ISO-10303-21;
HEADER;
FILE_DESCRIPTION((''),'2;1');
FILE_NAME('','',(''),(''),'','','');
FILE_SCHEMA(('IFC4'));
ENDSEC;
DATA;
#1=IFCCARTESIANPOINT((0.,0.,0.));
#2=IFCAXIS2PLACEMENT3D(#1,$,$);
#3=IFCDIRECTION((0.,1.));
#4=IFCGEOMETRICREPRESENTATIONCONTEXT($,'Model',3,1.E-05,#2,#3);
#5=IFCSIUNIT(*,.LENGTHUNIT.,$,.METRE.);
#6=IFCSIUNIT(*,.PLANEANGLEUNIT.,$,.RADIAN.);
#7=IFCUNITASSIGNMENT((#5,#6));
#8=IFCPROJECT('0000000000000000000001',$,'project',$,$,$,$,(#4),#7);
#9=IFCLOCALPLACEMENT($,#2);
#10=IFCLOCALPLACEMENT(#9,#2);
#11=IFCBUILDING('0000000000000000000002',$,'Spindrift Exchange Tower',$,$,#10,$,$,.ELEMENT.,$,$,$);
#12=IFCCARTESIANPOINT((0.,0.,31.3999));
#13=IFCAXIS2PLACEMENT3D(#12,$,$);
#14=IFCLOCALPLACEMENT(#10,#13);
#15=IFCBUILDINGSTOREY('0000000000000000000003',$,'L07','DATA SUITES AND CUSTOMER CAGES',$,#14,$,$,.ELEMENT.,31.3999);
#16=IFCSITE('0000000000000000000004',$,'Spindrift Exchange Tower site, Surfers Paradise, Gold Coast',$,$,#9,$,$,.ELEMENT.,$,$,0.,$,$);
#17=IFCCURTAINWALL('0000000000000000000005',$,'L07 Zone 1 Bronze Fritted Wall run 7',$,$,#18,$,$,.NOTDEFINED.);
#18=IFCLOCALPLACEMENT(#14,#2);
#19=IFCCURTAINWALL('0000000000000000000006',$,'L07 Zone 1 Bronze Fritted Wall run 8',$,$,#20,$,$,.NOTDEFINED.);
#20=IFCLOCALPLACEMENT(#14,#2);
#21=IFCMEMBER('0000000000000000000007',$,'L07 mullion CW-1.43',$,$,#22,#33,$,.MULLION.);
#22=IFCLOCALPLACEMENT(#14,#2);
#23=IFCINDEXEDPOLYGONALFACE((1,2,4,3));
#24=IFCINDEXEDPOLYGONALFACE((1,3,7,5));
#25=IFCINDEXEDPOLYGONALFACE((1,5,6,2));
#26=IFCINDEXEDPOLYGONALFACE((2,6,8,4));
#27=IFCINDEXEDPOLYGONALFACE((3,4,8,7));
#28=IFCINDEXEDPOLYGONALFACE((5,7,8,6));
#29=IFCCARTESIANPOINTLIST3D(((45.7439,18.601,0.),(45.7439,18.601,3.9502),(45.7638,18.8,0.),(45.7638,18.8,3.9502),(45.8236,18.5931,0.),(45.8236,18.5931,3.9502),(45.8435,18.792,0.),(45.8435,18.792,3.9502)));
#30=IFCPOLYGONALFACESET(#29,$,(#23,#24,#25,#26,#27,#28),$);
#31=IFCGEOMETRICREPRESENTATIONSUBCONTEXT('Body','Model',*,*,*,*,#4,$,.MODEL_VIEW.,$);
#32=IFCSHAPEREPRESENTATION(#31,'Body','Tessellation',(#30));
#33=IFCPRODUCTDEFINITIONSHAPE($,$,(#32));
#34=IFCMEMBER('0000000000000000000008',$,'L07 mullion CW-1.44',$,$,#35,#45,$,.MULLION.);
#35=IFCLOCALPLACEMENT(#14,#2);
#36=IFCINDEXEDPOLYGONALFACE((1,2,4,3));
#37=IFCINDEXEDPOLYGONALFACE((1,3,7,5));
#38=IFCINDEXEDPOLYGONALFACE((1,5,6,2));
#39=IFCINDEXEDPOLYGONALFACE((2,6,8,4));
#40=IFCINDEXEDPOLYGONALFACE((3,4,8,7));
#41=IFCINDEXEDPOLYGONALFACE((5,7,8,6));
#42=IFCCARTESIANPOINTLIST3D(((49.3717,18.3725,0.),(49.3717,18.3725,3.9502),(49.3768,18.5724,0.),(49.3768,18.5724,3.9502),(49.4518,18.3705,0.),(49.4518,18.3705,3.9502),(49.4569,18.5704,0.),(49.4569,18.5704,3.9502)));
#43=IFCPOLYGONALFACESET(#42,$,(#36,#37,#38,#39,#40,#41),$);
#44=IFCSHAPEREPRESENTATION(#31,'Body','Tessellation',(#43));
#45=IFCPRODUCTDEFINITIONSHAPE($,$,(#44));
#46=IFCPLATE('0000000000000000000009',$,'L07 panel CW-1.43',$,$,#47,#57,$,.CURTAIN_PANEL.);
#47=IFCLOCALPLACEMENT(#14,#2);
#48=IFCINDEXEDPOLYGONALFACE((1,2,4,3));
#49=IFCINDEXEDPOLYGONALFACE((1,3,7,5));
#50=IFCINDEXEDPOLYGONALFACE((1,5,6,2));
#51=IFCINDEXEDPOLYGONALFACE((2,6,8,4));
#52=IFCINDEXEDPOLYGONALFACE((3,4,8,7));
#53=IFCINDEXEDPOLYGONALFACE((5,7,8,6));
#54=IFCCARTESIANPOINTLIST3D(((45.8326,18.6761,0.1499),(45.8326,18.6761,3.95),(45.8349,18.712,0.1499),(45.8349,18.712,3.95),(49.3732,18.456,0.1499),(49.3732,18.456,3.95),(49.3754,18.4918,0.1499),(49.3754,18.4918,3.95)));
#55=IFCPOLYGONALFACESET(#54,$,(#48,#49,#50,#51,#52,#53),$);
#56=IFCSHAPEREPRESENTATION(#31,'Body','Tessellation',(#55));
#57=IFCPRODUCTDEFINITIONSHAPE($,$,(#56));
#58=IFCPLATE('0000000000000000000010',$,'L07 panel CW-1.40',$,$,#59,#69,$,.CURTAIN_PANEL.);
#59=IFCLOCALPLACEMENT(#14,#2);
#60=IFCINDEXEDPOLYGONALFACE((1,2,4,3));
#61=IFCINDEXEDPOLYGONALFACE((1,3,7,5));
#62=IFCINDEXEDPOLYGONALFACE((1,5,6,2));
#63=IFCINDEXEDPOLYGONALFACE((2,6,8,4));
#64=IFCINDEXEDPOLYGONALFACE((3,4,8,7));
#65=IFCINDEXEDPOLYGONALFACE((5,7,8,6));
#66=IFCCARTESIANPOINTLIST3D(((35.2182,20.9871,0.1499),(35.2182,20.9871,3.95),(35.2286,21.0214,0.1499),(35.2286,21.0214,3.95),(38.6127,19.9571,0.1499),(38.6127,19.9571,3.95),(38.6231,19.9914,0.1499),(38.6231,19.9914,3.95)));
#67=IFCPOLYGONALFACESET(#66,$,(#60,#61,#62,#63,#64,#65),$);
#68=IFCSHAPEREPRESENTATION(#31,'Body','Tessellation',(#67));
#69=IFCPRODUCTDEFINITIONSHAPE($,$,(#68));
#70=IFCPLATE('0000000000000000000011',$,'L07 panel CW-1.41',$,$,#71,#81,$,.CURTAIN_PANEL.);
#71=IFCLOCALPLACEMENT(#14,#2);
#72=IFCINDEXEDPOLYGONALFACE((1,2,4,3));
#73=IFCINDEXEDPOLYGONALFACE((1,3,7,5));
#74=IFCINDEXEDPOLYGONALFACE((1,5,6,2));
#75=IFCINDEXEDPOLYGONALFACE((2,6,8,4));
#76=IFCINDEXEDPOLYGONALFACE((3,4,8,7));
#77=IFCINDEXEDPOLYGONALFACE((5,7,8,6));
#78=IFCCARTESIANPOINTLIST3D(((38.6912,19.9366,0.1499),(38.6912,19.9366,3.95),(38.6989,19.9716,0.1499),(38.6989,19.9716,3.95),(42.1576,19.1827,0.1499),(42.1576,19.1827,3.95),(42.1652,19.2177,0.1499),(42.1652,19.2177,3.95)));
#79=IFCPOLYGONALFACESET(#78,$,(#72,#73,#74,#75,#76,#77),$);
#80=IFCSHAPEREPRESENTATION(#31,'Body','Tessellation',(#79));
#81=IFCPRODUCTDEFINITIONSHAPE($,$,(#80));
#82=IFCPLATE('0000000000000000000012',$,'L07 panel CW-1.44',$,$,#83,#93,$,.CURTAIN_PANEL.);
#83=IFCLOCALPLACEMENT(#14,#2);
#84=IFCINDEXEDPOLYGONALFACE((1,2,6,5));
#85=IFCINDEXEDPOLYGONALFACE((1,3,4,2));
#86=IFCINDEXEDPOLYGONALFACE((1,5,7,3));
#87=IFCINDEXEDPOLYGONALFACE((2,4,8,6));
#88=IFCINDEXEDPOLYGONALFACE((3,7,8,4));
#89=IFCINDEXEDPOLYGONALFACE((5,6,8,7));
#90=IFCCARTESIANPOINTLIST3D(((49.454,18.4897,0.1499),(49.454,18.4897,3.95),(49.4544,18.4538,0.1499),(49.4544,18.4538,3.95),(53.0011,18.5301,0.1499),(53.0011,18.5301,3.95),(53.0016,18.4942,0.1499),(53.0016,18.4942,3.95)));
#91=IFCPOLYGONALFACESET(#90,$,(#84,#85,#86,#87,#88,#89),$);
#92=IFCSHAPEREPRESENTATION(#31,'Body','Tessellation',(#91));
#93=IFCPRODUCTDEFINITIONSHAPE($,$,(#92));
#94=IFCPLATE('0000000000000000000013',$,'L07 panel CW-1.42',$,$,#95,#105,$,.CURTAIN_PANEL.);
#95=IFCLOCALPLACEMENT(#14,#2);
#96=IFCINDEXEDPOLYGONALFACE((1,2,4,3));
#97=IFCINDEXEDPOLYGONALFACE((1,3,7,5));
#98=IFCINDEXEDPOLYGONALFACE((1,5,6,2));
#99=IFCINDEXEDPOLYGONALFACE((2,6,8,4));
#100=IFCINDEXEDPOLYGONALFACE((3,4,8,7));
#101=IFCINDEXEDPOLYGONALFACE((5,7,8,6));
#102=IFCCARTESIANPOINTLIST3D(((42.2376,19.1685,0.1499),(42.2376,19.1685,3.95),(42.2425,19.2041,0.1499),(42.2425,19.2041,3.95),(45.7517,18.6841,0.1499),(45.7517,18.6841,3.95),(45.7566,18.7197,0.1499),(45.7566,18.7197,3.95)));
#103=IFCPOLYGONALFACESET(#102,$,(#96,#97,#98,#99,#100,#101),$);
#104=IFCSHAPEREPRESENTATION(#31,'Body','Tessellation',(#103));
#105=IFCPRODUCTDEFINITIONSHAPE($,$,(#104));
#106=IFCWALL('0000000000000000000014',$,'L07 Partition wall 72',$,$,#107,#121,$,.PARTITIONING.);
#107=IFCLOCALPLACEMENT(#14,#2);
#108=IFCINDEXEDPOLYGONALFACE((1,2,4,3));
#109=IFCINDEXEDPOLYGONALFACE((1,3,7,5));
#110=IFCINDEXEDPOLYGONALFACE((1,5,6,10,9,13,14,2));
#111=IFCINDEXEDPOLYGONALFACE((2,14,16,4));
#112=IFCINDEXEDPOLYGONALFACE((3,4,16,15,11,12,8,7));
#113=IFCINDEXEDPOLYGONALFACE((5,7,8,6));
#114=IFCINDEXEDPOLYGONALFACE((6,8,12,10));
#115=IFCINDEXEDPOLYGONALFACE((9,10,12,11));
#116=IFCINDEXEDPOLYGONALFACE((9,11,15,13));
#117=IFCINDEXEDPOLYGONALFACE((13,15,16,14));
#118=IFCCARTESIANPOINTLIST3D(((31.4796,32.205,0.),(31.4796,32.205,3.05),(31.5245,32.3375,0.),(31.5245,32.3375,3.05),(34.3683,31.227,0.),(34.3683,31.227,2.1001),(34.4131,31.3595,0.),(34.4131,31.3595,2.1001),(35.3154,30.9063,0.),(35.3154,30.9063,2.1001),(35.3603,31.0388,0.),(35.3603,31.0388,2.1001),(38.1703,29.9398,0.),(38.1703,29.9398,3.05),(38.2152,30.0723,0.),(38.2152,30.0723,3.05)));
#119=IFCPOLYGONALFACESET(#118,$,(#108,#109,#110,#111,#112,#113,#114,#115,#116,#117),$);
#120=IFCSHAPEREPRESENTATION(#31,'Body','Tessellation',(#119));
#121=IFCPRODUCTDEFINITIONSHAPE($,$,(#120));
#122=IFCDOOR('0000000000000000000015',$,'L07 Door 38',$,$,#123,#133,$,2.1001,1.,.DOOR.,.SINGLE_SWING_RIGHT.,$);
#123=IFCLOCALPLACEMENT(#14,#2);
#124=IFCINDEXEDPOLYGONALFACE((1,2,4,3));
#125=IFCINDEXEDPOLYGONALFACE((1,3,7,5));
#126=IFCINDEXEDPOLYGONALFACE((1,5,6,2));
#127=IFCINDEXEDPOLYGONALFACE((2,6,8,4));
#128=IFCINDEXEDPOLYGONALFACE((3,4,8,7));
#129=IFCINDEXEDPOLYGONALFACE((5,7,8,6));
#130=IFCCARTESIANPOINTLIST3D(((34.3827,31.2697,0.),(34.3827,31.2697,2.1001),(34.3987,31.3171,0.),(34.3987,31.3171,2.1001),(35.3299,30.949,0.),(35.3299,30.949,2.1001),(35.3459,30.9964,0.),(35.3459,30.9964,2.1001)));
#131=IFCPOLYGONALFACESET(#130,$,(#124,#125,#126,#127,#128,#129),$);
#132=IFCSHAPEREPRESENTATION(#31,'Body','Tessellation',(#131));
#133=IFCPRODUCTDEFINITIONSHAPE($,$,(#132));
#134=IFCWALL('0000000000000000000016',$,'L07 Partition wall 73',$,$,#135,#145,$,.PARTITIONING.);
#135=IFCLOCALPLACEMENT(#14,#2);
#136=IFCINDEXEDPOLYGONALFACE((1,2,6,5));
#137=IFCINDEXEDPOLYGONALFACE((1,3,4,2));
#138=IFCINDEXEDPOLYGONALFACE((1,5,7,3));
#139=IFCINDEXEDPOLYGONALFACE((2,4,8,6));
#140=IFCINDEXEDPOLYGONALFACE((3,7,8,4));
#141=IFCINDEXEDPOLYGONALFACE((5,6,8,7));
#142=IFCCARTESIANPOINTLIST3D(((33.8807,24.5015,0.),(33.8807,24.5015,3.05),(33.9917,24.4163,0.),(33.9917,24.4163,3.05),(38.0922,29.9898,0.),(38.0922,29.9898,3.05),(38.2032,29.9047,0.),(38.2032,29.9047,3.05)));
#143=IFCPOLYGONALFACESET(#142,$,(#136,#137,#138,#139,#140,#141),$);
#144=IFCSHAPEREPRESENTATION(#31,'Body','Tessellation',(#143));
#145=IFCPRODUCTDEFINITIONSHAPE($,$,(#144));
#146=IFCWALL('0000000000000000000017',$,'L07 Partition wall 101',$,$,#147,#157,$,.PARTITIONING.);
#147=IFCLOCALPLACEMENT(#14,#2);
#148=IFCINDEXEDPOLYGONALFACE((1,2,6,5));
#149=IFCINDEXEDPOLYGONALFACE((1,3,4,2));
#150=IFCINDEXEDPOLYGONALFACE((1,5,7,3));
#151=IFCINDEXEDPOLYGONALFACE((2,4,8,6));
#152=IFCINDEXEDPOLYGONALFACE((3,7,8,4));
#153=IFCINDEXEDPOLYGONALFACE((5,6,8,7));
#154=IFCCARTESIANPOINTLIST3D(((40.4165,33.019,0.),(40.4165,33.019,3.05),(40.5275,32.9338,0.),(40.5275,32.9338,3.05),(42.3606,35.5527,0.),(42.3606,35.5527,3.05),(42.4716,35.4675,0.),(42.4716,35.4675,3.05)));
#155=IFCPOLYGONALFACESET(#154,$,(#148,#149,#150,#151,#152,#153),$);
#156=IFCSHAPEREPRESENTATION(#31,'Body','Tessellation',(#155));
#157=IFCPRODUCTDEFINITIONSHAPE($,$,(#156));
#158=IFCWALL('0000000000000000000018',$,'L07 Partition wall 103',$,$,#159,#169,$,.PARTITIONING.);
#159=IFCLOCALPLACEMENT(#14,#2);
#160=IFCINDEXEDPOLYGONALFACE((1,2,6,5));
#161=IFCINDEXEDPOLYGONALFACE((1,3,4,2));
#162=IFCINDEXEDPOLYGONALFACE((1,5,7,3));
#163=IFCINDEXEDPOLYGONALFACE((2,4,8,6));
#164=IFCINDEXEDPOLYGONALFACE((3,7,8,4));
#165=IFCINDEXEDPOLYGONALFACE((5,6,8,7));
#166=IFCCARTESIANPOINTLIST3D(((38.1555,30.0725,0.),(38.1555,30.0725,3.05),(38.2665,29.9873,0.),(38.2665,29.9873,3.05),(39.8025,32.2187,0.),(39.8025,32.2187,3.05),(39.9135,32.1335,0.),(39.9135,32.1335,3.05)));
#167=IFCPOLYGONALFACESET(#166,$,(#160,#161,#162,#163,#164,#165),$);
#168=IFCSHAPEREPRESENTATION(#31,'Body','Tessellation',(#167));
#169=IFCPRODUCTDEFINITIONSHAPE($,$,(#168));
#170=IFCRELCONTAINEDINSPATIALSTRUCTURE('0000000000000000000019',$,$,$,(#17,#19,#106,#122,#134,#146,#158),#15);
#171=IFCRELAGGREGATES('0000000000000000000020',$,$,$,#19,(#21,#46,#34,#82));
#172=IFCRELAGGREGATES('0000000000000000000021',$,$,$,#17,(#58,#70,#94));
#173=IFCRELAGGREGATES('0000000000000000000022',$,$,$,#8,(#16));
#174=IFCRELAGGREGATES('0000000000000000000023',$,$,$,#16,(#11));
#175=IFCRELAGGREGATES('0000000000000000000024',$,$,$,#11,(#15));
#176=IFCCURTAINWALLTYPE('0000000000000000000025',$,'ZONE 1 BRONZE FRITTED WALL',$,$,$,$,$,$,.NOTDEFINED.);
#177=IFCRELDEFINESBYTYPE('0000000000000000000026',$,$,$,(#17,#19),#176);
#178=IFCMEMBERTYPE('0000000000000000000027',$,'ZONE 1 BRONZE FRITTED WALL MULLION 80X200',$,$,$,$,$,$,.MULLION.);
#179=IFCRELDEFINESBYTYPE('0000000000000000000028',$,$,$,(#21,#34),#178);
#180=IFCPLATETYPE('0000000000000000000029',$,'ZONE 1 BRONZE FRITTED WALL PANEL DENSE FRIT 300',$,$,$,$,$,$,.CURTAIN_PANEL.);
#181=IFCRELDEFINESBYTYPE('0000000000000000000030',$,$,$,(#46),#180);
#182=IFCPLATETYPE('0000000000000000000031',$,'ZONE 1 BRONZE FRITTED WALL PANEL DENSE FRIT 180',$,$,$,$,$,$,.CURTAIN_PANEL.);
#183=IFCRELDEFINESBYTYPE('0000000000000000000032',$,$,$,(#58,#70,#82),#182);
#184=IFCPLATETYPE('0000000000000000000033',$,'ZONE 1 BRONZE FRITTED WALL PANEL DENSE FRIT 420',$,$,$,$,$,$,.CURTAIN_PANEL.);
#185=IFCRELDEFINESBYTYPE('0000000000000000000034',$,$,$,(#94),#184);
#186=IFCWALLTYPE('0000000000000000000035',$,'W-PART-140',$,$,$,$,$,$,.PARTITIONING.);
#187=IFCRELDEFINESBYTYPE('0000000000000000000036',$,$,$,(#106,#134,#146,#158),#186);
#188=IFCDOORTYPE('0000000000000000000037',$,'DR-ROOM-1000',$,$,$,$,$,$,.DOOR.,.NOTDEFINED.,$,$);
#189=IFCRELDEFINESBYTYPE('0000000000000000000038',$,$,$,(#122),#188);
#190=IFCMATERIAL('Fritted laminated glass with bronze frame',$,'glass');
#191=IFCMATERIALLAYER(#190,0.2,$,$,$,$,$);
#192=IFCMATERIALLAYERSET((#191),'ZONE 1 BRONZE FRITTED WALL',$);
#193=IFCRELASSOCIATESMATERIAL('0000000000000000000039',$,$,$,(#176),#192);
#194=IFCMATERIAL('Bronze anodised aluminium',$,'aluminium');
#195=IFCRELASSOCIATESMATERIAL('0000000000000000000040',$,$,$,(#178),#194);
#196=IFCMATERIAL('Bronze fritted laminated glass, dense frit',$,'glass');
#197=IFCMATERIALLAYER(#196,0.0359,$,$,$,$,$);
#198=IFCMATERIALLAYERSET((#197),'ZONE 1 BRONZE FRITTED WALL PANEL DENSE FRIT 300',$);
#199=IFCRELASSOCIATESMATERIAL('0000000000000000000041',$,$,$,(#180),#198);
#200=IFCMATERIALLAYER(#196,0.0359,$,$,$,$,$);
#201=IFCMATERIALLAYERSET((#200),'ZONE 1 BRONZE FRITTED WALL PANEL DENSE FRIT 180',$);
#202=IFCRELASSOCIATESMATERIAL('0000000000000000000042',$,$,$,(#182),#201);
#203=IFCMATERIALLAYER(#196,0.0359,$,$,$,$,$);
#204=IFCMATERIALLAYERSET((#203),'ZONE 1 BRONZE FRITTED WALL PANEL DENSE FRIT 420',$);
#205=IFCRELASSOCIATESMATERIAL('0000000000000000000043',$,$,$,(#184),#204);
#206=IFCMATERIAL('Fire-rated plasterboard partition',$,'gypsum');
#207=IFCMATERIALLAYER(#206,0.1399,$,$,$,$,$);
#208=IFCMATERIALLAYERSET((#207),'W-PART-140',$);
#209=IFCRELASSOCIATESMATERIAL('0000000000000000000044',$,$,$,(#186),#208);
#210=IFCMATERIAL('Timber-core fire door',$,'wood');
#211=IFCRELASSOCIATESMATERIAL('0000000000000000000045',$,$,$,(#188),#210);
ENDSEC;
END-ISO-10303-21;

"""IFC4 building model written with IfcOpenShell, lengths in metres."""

from ifc_helpers import new_model, si_unit, direction, frame, frame_2d, origin, origin_2d, place, context, subcontext, project, spatial, rectangle, extrude, source, transform, mapped, material, layer, layer_set, material_profile, profile_set, type_object, element, fill, aggregate, save


model = new_model("IFC4")

# Units and contexts
model_context = context("Model", 3, precision=1e-05, world=origin(), true_north=direction((0.0, 1.0)))
body_context = subcontext(model_context, "Body", "Model", "MODEL_VIEW")
ifc_project = project(units=[si_unit("LENGTHUNIT", "METRE"), si_unit("PLANEANGLEUNIT", "RADIAN")], contexts=[model_context])

# Site, building, storey
site_placement = place(None, origin())
site = spatial("IfcSite", under=ifc_project, at=site_placement, Name="Spindrift Exchange Tower site, Surfers Paradise, Gold Coast", CompositionType="ELEMENT", RefElevation=0.0)
building_placement = place(site_placement, origin())
building = spatial("IfcBuilding", under=site, at=building_placement, Name="Spindrift Exchange Tower", CompositionType="ELEMENT")
storey_placement = place(building_placement, frame((0.0, 0.0, 31.3999)))
storey = spatial("IfcBuildingStorey", under=building, at=storey_placement, Name="L07", Description="DATA SUITES AND CUSTOMER CAGES", CompositionType="ELEMENT", Elevation=31.3999)

# Curtain walls
ifc_material_1 = material(Name="Fritted laminated glass with bronze frame", Category="glass")
ifc_layer_1 = layer(ifc_material_1, 0.2)
ifc_layer_set_1 = layer_set([ifc_layer_1], Name="ZONE 1 BRONZE FRITTED WALL")
curtain_wall_type = type_object("IfcCurtainWallType", Name="ZONE 1 BRONZE FRITTED WALL", PredefinedType="NOTDEFINED", material=ifc_layer_set_1)
curtain_wall_1_placement = place(storey_placement, origin())
curtain_wall_1 = element("IfcCurtainWall", 1, at=curtain_wall_1_placement, inside=storey, type_object=curtain_wall_type, Name="L07 Zone 1 Bronze Fritted Wall run 7", PredefinedType="NOTDEFINED")
ifc_material_2 = material(Name="Bronze anodised aluminium", Category="aluminium")
curtain_wall_2_placement = place(storey_placement, origin())
curtain_wall_2 = element("IfcCurtainWall", 2, at=curtain_wall_2_placement, inside=storey, type_object=curtain_wall_type, Name="L07 Zone 1 Bronze Fritted Wall run 8", PredefinedType="NOTDEFINED")

# Members
ifc_material_profile_1 = material_profile(ifc_material_2, rectangle(XDim=0.0801, YDim=0.2, at=origin_2d()), Name="ZONE 1 BRONZE FRITTED WALL MULLION 80X200")
ifc_profile_set_1 = profile_set([ifc_material_profile_1], Name="Bronze anodised aluminium")
member_type_1 = type_object("IfcMemberType", Name="ZONE 1 BRONZE FRITTED WALL MULLION 80X200", PredefinedType="MULLION", material=ifc_profile_set_1)
shared_shape_1 = source(origin(), body_context, "Body", "SweptSolid", [
    extrude(rectangle(XDim=0.0801, YDim=0.2, at=origin_2d()), origin(), (0.0, 0.0, 1.0), 3.9502),
])
member_1_placement = place(storey_placement, frame((45.7937, 18.6965, 0.0), z_axis=(0.0, 0.0, 1.0), x_axis=(0.99505, -0.099372, 0.0)))
member_1 = element("IfcMember", 3, at=member_1_placement, type_object=member_type_1, Name="L07 mullion CW-1.43", PredefinedType="MULLION", context=body_context, shape_type="MappedRepresentation", body=[
    mapped(shared_shape_1, transform((0.0, 0.0, 0.0), scale=1.0)),
])
member_2_placement = place(storey_placement, frame((49.4143, 18.4714, 0.0), z_axis=(0.0, 0.0, 1.0), x_axis=(0.999679, -0.025352, 0.0)))
member_2 = element("IfcMember", 4, at=member_2_placement, type_object=member_type_1, Name="L07 mullion CW-1.44", PredefinedType="MULLION", context=body_context, shape_type="MappedRepresentation", body=[
    mapped(shared_shape_1, transform((0.0, 0.0, 0.0), scale=1.0)),
])

# Plates
ifc_material_3 = material(Name="Bronze fritted laminated glass, dense frit", Category="glass")
ifc_layer_2 = layer(ifc_material_3, 0.0359)
ifc_layer_set_2 = layer_set([ifc_layer_2], Name="ZONE 1 BRONZE FRITTED WALL PANEL DENSE FRIT 300")
plate_type_1 = type_object("IfcPlateType", Name="ZONE 1 BRONZE FRITTED WALL PANEL DENSE FRIT 300", PredefinedType="CURTAIN_PANEL", material=ifc_layer_set_2)
shared_shape_2 = source(origin(), body_context, "Body", "SweptSolid", [
    extrude(rectangle(XDim=3.5474, YDim=0.0359, at=origin_2d()), origin(), (0.0, 0.0, 1.0), 3.8),
])
plate_1_placement = place(storey_placement, frame((47.604, 18.584, 0.1499), z_axis=(0.0, 0.0, 1.0), x_axis=(0.998073, -0.062055, 0.0)))
plate_1 = element("IfcPlate", 5, at=plate_1_placement, type_object=plate_type_1, Name="L07 panel CW-1.43", PredefinedType="CURTAIN_PANEL", context=body_context, shape_type="MappedRepresentation", body=[
    mapped(shared_shape_2, transform((0.0, 0.0, 0.0), scale=1.0)),
])
ifc_layer_3 = layer(ifc_material_3, 0.0359)
ifc_layer_set_3 = layer_set([ifc_layer_3], Name="ZONE 1 BRONZE FRITTED WALL PANEL DENSE FRIT 180")
plate_type_2 = type_object("IfcPlateType", Name="ZONE 1 BRONZE FRITTED WALL PANEL DENSE FRIT 180", PredefinedType="CURTAIN_PANEL", material=ifc_layer_set_3)
shared_shape_3 = source(origin(), body_context, "Body", "SweptSolid", [
    extrude(rectangle(XDim=3.5474, YDim=0.0359, at=origin_2d()), origin(), (0.0, 0.0, 1.0), 3.8),
])
plate_2_placement = place(storey_placement, frame((36.9207, 20.4893, 0.1499), z_axis=(0.0, 0.0, 1.0), x_axis=(0.956919, -0.290356, 0.0)))
plate_2 = element("IfcPlate", 6, at=plate_2_placement, type_object=plate_type_2, Name="L07 panel CW-1.40", PredefinedType="CURTAIN_PANEL", context=body_context, shape_type="MappedRepresentation", body=[
    mapped(shared_shape_3, transform((0.0, 0.0, 0.0), scale=1.0)),
])
plate_3_placement = place(storey_placement, frame((40.4282, 19.5771, 0.1499), z_axis=(0.0, 0.0, 1.0), x_axis=(0.977155, -0.212529, 0.0)))
plate_3 = element("IfcPlate", 7, at=plate_3_placement, type_object=plate_type_2, Name="L07 panel CW-1.41", PredefinedType="CURTAIN_PANEL", context=body_context, shape_type="MappedRepresentation", body=[
    mapped(shared_shape_3, transform((0.0, 0.0, 0.0), scale=1.0)),
])
plate_4_placement = place(storey_placement, frame((51.2278, 18.4919, 0.1499), z_axis=(0.0, 0.0, 1.0), x_axis=(0.999935, 0.011386, 0.0)))
plate_4 = element("IfcPlate", 8, at=plate_4_placement, type_object=plate_type_2, Name="L07 panel CW-1.44", PredefinedType="CURTAIN_PANEL", context=body_context, shape_type="MappedRepresentation", body=[
    mapped(shared_shape_3, transform((0.0, 0.0, 0.0), scale=1.0)),
])
aggregate(curtain_wall_2, [member_1, plate_1, member_2, plate_4])
ifc_layer_4 = layer(ifc_material_3, 0.0359)
ifc_layer_set_4 = layer_set([ifc_layer_4], Name="ZONE 1 BRONZE FRITTED WALL PANEL DENSE FRIT 420")
plate_type_3 = type_object("IfcPlateType", Name="ZONE 1 BRONZE FRITTED WALL PANEL DENSE FRIT 420", PredefinedType="CURTAIN_PANEL", material=ifc_layer_set_4)
shared_shape_4 = source(origin(), body_context, "Body", "SweptSolid", [
    extrude(rectangle(XDim=3.5474, YDim=0.0359, at=origin_2d()), origin(), (0.0, 0.0, 1.0), 3.8),
])
plate_5_placement = place(storey_placement, frame((43.9971, 18.9441, 0.1499), z_axis=(0.0, 0.0, 1.0), x_axis=(0.990633, -0.136549, 0.0)))
plate_5 = element("IfcPlate", 9, at=plate_5_placement, type_object=plate_type_3, Name="L07 panel CW-1.42", PredefinedType="CURTAIN_PANEL", context=body_context, shape_type="MappedRepresentation", body=[
    mapped(shared_shape_4, transform((0.0, 0.0, 0.0), scale=1.0)),
])
aggregate(curtain_wall_1, [plate_2, plate_3, plate_5])

# Wall, opening, door
ifc_material_4 = material(Name="Fire-rated plasterboard partition", Category="gypsum")
ifc_layer_5 = layer(ifc_material_4, 0.1399)
ifc_layer_set_5 = layer_set([ifc_layer_5], Name="W-PART-140")
wall_type_1 = type_object("IfcWallType", Name="W-PART-140", PredefinedType="PARTITIONING", material=ifc_layer_set_5)
wall_1_placement = place(storey_placement, frame((38.1926, 30.0061, 0.0), z_axis=(0.0, 0.0, 1.0), x_axis=(-0.94719, 0.320673, 0.0)))
wall_1 = element("IfcWall", 10, at=wall_1_placement, inside=storey, type_object=wall_type_1, Name="L07 Partition wall 72", PredefinedType="PARTITIONING", context=body_context, shape_type="SweptSolid", body=[
    extrude(rectangle(XDim=7.0637, YDim=0.1399, at=frame_2d((3.5317, 0.0))), origin(), (0.0, 0.0, 1.0), 3.05),
])
opening_1_placement = place(wall_1_placement, frame((3.0139, 0.0, 0.0)))
opening_1 = element("IfcOpeningElement", 11, at=opening_1_placement, cuts=wall_1, PredefinedType="OPENING", context=body_context, shape_type="SweptSolid", body=[
    extrude(rectangle(XDim=1.0, YDim=2.1001, at=frame_2d((0.5, 1.05))), frame((0.0, 0.0798, 0.0), z_axis=(0.0, -1.0, 0.0), x_axis=(1.0, 0.0, 0.0)), (0.0, 0.0, 1.0), 0.1599),
])
ifc_material_5 = material(Name="Timber-core fire door", Category="wood")
door_type = type_object("IfcDoorType", Name="DR-ROOM-1000", OperationType="NOTDEFINED", PredefinedType="DOOR", material=ifc_material_5)
shared_shape_5 = source(origin(), body_context, "Body", "SweptSolid", [
    extrude(rectangle(XDim=1.0, YDim=2.1001, at=frame_2d((0.5, 1.05))), frame((0.0, 0.0249, 0.0), z_axis=(0.0, -1.0, 0.0), x_axis=(1.0, 0.0, 0.0)), (0.0, 0.0, 1.0), 0.05),
])
door_1_placement = place(opening_1_placement, origin())
door_1 = element("IfcDoor", 12, at=door_1_placement, inside=storey, type_object=door_type, Name="L07 Door 38", OperationType="SINGLE_SWING_RIGHT", OverallHeight=2.1001, OverallWidth=1.0, PredefinedType="DOOR", context=body_context, shape_type="MappedRepresentation", body=[
    mapped(shared_shape_5, transform((0.0, 0.0, 0.0), scale=1.0)),
])
fill(opening_1, door_1)

# Walls
wall_2_placement = place(storey_placement, frame((38.1477, 29.9473, 0.0), z_axis=(0.0, 0.0, 1.0), x_axis=(-0.608772, -0.793345, 0.0)))
element("IfcWall", 13, at=wall_2_placement, inside=storey, type_object=wall_type_1, Name="L07 Partition wall 73", PredefinedType="PARTITIONING", context=body_context, shape_type="SweptSolid", body=[
    extrude(rectangle(XDim=6.918, YDim=0.1399, at=frame_2d((3.459, 0.0))), origin(), (0.0, 0.0, 1.0), 3.05),
])
wall_3_placement = place(storey_placement, frame((42.416, 35.51, 0.0), z_axis=(0.0, 0.0, 1.0), x_axis=(-0.608746, -0.793365, 0.0)))
element("IfcWall", 14, at=wall_3_placement, inside=storey, type_object=wall_type_1, Name="L07 Partition wall 101", PredefinedType="PARTITIONING", context=body_context, shape_type="SweptSolid", body=[
    extrude(rectangle(XDim=3.1936, YDim=0.1399, at=frame_2d((1.5967, 0.0))), origin(), (0.0, 0.0, 1.0), 3.05),
])
wall_4_placement = place(storey_placement, frame((39.8579, 32.176, 0.0), z_axis=(0.0, 0.0, 1.0), x_axis=(-0.608786, -0.793335, 0.0)))
element("IfcWall", 15, at=wall_4_placement, inside=storey, type_object=wall_type_1, Name="L07 Partition wall 103", PredefinedType="PARTITIONING", context=body_context, shape_type="SweptSolid", body=[
    extrude(rectangle(XDim=2.7053, YDim=0.1399, at=frame_2d((1.3525, 0.0))), origin(), (0.0, 0.0, 1.0), 3.05),
])

save(model, "model.ifc")
